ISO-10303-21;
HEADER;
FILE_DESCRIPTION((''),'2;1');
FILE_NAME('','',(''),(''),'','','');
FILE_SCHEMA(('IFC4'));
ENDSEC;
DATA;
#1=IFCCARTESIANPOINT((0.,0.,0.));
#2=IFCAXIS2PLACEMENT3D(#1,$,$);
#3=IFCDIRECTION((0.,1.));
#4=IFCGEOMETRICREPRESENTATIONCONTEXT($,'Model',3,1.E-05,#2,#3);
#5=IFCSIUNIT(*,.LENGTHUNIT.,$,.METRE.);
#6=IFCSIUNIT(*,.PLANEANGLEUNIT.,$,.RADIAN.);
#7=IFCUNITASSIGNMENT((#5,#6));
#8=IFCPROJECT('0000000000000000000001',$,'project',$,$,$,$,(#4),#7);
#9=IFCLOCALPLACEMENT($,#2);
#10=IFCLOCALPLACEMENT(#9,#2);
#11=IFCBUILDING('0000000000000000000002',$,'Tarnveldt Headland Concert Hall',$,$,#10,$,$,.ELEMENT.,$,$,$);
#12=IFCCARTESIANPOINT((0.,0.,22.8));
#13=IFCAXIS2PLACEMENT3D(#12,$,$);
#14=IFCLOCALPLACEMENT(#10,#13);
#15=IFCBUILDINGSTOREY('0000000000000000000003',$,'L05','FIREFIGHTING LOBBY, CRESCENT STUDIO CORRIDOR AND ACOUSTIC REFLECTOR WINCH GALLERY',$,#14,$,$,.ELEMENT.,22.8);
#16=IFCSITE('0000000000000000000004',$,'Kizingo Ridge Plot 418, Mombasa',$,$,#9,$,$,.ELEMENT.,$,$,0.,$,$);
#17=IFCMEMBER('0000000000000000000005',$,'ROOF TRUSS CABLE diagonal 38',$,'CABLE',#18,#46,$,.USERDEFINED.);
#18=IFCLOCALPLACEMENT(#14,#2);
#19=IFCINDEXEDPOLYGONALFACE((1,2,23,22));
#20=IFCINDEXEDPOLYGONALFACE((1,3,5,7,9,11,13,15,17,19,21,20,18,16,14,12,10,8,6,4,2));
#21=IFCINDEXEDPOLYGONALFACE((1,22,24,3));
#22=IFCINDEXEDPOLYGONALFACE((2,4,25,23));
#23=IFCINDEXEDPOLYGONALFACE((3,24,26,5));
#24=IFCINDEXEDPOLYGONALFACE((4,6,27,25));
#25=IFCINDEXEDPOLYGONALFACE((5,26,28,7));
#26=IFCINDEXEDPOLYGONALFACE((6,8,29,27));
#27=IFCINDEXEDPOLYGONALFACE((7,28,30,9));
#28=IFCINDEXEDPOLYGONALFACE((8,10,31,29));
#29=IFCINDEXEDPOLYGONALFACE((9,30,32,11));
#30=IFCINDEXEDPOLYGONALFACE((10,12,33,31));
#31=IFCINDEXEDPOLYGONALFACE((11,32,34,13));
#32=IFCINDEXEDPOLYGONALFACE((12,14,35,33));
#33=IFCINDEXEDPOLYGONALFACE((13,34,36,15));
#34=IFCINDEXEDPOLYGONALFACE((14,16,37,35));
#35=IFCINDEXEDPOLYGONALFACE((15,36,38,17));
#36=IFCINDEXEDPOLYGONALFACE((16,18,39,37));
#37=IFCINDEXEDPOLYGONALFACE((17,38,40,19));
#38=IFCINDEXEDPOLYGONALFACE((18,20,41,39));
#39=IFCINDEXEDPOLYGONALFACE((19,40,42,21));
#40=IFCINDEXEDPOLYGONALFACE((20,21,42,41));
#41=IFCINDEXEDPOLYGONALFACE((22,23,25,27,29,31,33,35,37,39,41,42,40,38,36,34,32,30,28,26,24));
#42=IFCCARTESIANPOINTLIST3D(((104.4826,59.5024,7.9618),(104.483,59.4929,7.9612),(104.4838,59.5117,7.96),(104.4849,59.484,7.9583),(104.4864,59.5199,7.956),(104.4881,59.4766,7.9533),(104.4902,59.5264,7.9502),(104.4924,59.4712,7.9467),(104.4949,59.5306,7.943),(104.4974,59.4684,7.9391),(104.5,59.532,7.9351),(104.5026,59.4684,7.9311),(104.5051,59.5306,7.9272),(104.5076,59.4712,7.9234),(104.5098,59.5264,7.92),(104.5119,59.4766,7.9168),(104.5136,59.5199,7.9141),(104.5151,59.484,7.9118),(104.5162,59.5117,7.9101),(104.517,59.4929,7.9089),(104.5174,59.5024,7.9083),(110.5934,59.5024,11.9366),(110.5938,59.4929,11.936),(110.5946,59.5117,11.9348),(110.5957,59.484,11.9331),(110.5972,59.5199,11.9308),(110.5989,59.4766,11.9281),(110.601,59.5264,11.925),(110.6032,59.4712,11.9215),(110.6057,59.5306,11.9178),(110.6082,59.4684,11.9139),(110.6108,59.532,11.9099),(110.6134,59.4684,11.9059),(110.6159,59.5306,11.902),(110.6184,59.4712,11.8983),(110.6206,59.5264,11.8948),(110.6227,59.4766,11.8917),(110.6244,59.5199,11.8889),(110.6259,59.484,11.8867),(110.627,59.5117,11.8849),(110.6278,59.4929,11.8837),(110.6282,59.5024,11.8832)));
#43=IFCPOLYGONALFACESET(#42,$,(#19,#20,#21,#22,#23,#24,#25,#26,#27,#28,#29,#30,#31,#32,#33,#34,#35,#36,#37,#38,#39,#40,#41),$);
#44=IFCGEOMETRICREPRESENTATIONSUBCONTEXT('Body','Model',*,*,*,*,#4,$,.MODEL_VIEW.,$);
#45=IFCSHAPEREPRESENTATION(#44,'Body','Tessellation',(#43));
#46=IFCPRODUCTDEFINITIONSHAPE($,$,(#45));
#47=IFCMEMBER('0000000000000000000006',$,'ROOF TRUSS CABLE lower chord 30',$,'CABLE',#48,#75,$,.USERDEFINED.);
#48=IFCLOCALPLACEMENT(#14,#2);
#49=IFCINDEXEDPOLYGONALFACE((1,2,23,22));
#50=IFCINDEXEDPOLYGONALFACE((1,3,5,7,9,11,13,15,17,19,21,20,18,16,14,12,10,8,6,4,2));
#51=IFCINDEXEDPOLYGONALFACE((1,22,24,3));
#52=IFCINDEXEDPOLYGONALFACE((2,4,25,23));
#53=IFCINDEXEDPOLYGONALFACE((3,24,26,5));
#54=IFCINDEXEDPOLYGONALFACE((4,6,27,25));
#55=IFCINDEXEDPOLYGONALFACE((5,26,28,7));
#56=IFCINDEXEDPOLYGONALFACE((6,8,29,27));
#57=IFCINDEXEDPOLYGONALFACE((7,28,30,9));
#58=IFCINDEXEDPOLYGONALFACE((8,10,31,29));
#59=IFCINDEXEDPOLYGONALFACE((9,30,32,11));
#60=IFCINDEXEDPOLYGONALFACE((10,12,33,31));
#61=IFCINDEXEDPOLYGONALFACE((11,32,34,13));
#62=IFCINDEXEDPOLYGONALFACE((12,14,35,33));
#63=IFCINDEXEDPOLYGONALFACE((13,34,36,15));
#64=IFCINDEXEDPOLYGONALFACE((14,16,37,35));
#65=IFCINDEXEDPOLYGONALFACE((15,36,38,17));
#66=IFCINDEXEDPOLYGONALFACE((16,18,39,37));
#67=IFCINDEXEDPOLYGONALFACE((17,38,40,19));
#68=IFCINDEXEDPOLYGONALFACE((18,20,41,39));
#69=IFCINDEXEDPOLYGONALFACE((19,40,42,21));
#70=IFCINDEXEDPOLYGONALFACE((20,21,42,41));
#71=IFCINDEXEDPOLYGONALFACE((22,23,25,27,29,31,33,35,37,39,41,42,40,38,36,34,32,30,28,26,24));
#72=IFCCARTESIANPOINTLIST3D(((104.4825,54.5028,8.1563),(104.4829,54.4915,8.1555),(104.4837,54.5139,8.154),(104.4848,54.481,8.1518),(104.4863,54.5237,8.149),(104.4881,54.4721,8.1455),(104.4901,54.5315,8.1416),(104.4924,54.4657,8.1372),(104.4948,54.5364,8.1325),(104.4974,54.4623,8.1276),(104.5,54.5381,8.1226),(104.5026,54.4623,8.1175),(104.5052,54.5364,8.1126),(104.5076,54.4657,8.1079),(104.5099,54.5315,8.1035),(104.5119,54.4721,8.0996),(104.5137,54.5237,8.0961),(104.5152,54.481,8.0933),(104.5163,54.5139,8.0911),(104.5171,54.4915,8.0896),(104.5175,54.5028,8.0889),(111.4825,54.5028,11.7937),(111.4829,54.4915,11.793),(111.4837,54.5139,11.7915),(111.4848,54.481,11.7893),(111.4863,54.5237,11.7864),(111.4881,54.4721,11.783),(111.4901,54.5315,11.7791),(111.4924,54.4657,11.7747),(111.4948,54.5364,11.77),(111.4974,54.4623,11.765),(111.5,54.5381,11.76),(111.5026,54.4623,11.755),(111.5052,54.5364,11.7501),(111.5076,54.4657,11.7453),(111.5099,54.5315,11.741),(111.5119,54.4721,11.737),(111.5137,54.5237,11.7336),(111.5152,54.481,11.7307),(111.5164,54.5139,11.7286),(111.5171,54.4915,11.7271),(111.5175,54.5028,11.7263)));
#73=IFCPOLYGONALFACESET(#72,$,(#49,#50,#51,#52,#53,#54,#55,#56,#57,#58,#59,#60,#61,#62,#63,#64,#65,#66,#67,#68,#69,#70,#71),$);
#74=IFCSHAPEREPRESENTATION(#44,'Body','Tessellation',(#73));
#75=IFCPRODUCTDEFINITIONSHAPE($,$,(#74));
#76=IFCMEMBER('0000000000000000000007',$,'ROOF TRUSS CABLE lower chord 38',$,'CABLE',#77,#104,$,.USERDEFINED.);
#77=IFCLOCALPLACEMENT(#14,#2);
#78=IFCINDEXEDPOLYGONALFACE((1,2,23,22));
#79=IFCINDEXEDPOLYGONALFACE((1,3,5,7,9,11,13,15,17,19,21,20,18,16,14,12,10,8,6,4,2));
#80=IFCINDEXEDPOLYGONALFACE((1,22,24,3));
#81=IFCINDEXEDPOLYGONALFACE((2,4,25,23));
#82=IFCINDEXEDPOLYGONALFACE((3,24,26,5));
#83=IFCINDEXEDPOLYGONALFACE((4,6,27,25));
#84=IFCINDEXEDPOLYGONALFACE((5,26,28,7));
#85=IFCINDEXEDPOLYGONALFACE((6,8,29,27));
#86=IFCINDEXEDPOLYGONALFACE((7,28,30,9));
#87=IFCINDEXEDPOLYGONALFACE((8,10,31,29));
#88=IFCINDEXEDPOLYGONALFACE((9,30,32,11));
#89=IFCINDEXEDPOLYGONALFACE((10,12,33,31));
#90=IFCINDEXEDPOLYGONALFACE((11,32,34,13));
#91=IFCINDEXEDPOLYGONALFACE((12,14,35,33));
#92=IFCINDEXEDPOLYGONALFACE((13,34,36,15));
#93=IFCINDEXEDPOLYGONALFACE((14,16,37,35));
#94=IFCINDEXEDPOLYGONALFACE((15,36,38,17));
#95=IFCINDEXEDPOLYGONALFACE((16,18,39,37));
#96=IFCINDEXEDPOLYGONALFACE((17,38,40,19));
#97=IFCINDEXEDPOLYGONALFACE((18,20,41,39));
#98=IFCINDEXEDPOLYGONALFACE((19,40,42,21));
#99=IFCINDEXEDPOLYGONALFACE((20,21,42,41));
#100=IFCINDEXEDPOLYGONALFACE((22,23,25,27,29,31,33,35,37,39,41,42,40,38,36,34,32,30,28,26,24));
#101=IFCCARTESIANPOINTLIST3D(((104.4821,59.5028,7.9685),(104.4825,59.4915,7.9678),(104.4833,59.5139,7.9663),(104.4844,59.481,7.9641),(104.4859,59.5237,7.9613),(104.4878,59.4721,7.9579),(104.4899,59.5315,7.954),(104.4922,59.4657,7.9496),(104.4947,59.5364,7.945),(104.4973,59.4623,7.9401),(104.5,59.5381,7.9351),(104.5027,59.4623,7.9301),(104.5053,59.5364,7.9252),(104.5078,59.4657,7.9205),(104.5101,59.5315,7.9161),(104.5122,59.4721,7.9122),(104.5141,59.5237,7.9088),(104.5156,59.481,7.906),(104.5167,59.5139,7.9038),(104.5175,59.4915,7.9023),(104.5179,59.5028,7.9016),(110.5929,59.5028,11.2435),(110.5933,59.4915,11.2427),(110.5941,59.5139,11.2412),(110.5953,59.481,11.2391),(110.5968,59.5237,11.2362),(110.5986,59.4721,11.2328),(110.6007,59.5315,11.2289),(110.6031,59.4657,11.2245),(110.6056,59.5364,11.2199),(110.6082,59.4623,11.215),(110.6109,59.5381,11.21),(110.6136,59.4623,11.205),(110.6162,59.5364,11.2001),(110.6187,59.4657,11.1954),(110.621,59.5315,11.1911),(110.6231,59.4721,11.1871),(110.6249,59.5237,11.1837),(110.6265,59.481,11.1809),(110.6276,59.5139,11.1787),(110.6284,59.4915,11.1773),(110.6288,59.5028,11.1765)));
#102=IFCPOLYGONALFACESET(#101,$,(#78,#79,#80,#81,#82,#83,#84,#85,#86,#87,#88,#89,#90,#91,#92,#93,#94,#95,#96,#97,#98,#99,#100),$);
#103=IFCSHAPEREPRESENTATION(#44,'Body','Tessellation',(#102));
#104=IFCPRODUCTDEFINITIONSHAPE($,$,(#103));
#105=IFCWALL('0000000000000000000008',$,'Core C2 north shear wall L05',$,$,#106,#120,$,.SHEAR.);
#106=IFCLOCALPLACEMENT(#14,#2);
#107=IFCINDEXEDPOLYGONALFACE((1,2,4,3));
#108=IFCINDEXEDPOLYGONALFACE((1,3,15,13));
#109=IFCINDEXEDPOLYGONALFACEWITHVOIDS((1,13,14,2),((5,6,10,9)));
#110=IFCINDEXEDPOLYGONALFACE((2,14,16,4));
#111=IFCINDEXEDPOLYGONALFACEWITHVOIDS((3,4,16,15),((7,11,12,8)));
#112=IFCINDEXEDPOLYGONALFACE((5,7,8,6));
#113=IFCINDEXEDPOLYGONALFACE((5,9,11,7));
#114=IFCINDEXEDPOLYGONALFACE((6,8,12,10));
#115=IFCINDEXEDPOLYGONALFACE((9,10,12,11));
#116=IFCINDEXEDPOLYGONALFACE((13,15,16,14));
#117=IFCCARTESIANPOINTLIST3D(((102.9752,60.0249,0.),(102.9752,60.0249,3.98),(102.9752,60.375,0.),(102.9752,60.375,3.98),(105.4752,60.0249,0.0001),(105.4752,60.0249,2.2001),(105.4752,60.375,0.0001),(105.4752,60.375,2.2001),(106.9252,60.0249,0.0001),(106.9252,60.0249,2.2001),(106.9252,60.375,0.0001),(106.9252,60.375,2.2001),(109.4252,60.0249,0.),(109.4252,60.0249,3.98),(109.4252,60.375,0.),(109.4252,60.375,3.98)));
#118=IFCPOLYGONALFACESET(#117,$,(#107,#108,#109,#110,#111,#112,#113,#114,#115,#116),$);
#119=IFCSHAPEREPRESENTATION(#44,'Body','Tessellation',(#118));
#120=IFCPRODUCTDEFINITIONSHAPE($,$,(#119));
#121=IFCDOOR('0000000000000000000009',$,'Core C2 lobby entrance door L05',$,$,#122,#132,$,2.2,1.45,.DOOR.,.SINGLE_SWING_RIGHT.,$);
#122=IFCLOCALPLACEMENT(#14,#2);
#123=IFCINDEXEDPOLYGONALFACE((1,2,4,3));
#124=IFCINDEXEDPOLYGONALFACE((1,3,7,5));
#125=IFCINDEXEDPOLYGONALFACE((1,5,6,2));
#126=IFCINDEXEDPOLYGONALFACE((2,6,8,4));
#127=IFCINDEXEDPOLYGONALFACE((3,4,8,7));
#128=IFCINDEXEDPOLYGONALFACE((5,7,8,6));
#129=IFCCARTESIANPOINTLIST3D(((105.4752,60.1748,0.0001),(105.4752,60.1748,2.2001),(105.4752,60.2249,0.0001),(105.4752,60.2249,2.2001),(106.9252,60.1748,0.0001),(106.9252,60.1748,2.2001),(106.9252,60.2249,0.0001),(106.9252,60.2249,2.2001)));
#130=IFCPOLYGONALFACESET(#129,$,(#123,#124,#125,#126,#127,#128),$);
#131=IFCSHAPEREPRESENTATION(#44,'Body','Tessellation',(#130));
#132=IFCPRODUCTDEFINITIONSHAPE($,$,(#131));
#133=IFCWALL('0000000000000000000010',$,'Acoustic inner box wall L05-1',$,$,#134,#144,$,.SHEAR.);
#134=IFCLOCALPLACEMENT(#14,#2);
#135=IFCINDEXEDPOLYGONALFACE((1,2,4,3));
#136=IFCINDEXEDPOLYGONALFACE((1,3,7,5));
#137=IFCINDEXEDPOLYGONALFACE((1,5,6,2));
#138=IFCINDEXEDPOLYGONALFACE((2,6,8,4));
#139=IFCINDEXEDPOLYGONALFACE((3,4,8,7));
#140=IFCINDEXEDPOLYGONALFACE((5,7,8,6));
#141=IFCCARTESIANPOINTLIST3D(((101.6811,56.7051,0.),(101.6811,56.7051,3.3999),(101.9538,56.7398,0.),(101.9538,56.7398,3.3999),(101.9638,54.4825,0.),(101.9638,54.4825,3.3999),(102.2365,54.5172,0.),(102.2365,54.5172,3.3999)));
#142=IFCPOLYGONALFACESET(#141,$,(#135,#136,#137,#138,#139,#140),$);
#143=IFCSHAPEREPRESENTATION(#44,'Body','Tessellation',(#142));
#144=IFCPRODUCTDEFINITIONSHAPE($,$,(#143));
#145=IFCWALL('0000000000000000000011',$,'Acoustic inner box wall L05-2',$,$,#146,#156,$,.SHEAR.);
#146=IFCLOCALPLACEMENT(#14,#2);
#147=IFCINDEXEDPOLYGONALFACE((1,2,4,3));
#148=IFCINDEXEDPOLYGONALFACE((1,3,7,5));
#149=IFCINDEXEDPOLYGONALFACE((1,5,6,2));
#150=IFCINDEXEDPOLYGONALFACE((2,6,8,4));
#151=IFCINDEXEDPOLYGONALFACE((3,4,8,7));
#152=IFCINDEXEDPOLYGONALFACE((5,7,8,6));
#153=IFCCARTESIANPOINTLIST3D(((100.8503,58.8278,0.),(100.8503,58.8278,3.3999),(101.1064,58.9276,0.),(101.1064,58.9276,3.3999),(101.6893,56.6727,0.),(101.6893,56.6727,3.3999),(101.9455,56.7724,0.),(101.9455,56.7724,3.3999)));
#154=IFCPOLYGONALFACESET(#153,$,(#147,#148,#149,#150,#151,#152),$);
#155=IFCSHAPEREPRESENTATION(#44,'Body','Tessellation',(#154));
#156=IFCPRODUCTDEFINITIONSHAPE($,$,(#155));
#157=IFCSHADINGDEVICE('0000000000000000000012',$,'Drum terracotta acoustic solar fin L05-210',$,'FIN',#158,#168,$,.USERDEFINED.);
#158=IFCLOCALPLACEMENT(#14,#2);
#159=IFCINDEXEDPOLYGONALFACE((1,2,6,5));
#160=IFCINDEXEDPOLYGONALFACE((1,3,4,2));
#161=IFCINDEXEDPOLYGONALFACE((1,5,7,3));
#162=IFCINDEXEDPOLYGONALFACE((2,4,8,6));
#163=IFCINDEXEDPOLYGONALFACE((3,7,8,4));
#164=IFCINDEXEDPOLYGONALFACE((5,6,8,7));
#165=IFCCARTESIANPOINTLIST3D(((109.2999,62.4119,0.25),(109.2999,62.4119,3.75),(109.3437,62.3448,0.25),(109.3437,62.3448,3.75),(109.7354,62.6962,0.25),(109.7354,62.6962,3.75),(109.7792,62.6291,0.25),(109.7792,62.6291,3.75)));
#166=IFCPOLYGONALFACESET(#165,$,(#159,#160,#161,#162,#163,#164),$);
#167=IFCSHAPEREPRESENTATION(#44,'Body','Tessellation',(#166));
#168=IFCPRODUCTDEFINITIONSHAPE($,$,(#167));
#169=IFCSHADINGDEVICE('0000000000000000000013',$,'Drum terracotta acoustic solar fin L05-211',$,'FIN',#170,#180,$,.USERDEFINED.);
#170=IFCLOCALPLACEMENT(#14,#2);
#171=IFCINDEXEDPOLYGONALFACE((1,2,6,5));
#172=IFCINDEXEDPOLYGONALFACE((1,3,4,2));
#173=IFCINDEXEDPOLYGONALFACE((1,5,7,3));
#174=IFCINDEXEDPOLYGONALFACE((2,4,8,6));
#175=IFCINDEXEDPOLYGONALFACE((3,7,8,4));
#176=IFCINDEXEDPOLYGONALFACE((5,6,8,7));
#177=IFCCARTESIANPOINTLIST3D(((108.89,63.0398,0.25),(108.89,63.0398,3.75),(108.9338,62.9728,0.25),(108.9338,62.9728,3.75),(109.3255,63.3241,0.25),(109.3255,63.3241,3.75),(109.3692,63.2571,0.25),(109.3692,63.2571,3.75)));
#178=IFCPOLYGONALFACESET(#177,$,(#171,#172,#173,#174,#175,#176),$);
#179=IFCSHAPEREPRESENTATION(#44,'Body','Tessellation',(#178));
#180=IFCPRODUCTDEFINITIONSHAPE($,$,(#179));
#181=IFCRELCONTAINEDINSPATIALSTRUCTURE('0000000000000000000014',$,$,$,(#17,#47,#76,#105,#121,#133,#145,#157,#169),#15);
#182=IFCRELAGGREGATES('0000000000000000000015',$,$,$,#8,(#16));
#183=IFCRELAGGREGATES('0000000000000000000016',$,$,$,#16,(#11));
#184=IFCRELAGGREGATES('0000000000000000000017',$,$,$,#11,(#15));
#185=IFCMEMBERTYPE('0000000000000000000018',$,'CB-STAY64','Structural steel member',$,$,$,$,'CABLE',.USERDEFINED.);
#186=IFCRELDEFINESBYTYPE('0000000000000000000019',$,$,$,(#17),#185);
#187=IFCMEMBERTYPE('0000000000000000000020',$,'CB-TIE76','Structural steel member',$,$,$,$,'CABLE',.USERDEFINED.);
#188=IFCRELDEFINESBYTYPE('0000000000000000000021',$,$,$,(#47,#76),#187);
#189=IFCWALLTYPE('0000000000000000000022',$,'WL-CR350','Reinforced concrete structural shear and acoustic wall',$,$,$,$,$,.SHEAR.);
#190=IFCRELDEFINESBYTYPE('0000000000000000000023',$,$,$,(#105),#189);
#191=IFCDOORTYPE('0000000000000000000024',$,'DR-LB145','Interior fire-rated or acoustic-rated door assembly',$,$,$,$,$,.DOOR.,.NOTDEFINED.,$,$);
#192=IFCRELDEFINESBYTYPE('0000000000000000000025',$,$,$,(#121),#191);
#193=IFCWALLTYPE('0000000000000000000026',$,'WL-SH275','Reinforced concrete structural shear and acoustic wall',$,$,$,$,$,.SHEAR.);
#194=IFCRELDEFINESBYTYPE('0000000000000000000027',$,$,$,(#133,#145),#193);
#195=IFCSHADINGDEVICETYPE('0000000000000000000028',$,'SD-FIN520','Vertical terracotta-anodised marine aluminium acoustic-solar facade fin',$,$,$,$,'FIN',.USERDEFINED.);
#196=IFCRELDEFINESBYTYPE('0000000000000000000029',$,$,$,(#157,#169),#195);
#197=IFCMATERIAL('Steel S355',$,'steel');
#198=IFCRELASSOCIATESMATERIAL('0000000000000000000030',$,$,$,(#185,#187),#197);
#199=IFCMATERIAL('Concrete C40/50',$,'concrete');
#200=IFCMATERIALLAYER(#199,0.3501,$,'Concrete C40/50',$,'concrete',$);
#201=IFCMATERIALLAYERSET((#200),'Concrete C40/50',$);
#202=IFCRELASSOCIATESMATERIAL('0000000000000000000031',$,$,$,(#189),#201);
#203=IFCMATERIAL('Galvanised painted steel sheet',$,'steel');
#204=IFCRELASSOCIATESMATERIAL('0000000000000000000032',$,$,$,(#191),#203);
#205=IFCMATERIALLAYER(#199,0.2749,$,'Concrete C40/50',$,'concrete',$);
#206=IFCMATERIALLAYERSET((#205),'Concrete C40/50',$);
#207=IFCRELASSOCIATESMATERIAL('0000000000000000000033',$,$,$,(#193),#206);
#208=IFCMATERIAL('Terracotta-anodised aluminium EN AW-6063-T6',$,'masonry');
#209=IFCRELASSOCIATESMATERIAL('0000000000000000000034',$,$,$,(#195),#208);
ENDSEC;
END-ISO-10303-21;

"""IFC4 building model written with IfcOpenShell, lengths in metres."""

from ifc_helpers import new_model, si_unit, direction, frame, frame_2d, origin, origin_2d, place, context, subcontext, project, spatial, rectangle, circle, extrude, material, layer, layer_set, material_profile, profile_set, type_object, element, fill, save


model = new_model("IFC4")

# Units and contexts
model_context = context("Model", 3, precision=1e-05, world=origin(), true_north=direction((0.0, 1.0)))
body_context = subcontext(model_context, "Body", "Model", "MODEL_VIEW")
ifc_project = project(units=[si_unit("LENGTHUNIT", "METRE"), si_unit("PLANEANGLEUNIT", "RADIAN")], contexts=[model_context])

# Site, building, storey
site_placement = place(None, origin())
site = spatial("IfcSite", under=ifc_project, at=site_placement, Name="Kizingo Ridge Plot 418, Mombasa", CompositionType="ELEMENT", RefElevation=0.0)
building_placement = place(site_placement, origin())
building = spatial("IfcBuilding", under=site, at=building_placement, Name="Tarnveldt Headland Concert Hall", CompositionType="ELEMENT")
storey_placement = place(building_placement, frame((0.0, 0.0, 22.8)))
storey = spatial("IfcBuildingStorey", under=building, at=storey_placement, Name="L05", Description="FIREFIGHTING LOBBY, CRESCENT STUDIO CORRIDOR AND ACOUSTIC REFLECTOR WINCH GALLERY", CompositionType="ELEMENT", Elevation=22.8)

# Shared definitions
ifc_material_1 = material(Name="Concrete C40/50", Category="concrete")

# Members
ifc_material_2 = material(Name="Steel S355", Category="steel")
ifc_material_profile_1 = material_profile(ifc_material_2, circle(Radius=0.032, at=origin_2d()), Name="LC D64", Category="steel")
ifc_profile_set_1 = profile_set([ifc_material_profile_1], Name="Steel S355")
member_type_1 = type_object("IfcMemberType", Name="CB-STAY64", Description="Structural steel member", ElementType="CABLE", PredefinedType="USERDEFINED", material=ifc_profile_set_1)
member_1_placement = place(storey_placement, frame((104.5, 59.5, 7.9351), z_axis=(0.838268, 0.0, 0.545259), x_axis=(0.0, 1.0, 0.0)))
element("IfcMember", 1, at=member_1_placement, inside=storey, type_object=member_type_1, Name="ROOF TRUSS CABLE diagonal 38", ObjectType="CABLE", PredefinedType="USERDEFINED", context=body_context, shape_type="SweptSolid", body=[
    extrude(circle(Radius=0.032, at=origin_2d()), origin(), (0.0, 0.0, 1.0), 7.2898),
])
ifc_material_profile_2 = material_profile(ifc_material_2, circle(Radius=0.0381, at=origin_2d()), Name="LC D76", Category="steel")
ifc_profile_set_2 = profile_set([ifc_material_profile_2], Name="Steel S355")
member_type_2 = type_object("IfcMemberType", Name="CB-TIE76", Description="Structural steel member", ElementType="CABLE", PredefinedType="USERDEFINED", material=ifc_profile_set_2)
member_2_placement = place(storey_placement, frame((104.5, 54.5, 8.1226), z_axis=(0.887349, 0.0, 0.461098), x_axis=(0.0, 1.0, 0.0)))
element("IfcMember", 2, at=member_2_placement, inside=storey, type_object=member_type_2, Name="ROOF TRUSS CABLE lower chord 30", ObjectType="CABLE", PredefinedType="USERDEFINED", context=body_context, shape_type="SweptSolid", body=[
    extrude(circle(Radius=0.0381, at=origin_2d()), origin(), (0.0, 0.0, 1.0), 7.8887),
])
member_3_placement = place(storey_placement, frame((104.5, 59.5, 7.9351), z_axis=(0.881406, 0.0, 0.47236), x_axis=(0.0, 1.0, 0.0)))
element("IfcMember", 3, at=member_3_placement, inside=storey, type_object=member_type_2, Name="ROOF TRUSS CABLE lower chord 38", ObjectType="CABLE", PredefinedType="USERDEFINED", context=body_context, shape_type="SweptSolid", body=[
    extrude(circle(Radius=0.0381, at=origin_2d()), origin(), (0.0, 0.0, 1.0), 6.9331),
])

# Wall, opening, door
ifc_layer_1 = layer(ifc_material_1, 0.3501, Name="Concrete C40/50", Category="concrete")
ifc_layer_set_1 = layer_set([ifc_layer_1], Name="Concrete C40/50")
wall_type_1 = type_object("IfcWallType", Name="WL-CR350", Description="Reinforced concrete structural shear and acoustic wall", PredefinedType="SHEAR", material=ifc_layer_set_1)
wall_1_placement = place(storey_placement, frame((102.9751, 60.2, 0.0), z_axis=(0.0, 0.0, 1.0), x_axis=(1.0, 0.0, 0.0)))
wall_1 = element("IfcWall", 4, at=wall_1_placement, inside=storey, type_object=wall_type_1, Name="Core C2 north shear wall L05", PredefinedType="SHEAR", context=body_context, shape_type="SweptSolid", body=[
    extrude(rectangle(XDim=6.45, YDim=0.3501, at=frame_2d((3.2251, 0.0))), origin(), (0.0, 0.0, 1.0), 3.98),
])
opening_1_placement = place(wall_1_placement, frame((2.5, 0.0, 0.0)))
opening_1 = element("IfcOpeningElement", 5, at=opening_1_placement, cuts=wall_1, PredefinedType="OPENING", context=body_context, shape_type="SweptSolid", body=[
    extrude(rectangle(XDim=1.45, YDim=2.2, at=frame_2d((0.7251, 1.1001))), frame((0.0, 0.1851, 0.0), z_axis=(0.0, -1.0, 0.0), x_axis=(1.0, 0.0, 0.0)), (0.0, 0.0, 1.0), 0.3701),
])
ifc_material_3 = material(Name="Galvanised painted steel sheet", Category="steel")
door_type_1 = type_object("IfcDoorType", Name="DR-LB145", Description="Interior fire-rated or acoustic-rated door assembly", OperationType="NOTDEFINED", PredefinedType="DOOR", material=ifc_material_3)
door_1_placement = place(opening_1_placement, origin())
door_1 = element("IfcDoor", 6, at=door_1_placement, inside=storey, type_object=door_type_1, Name="Core C2 lobby entrance door L05", OperationType="SINGLE_SWING_RIGHT", OverallHeight=2.2, OverallWidth=1.45, PredefinedType="DOOR", context=body_context, shape_type="SweptSolid", body=[
    extrude(rectangle(XDim=1.45, YDim=2.2, at=frame_2d((0.7251, 1.1001))), frame((0.0, 0.0249, 0.0), z_axis=(0.0, -1.0, 0.0), x_axis=(1.0, 0.0, 0.0)), (0.0, 0.0, 1.0), 0.05),
])
fill(opening_1, door_1)

# Walls
ifc_layer_2 = layer(ifc_material_1, 0.2749, Name="Concrete C40/50", Category="concrete")
ifc_layer_set_2 = layer_set([ifc_layer_2], Name="Concrete C40/50")
wall_type_2 = type_object("IfcWallType", Name="WL-SH275", Description="Reinforced concrete structural shear and acoustic wall", PredefinedType="SHEAR", material=ifc_layer_set_2)
wall_2_placement = place(storey_placement, frame((102.1001, 54.5, 0.0), z_axis=(0.0, 0.0, 1.0), x_axis=(-0.12618, 0.992007, 0.0)))
element("IfcWall", 7, at=wall_2_placement, inside=storey, type_object=wall_type_2, Name="Acoustic inner box wall L05-1", PredefinedType="SHEAR", context=body_context, shape_type="SweptSolid", body=[
    extrude(rectangle(XDim=2.2405, YDim=0.2749, at=frame_2d((1.1201, 0.0))), origin(), (0.0, 0.0, 1.0), 3.3999),
])
wall_3_placement = place(storey_placement, frame((101.8174, 56.7227, 0.0), z_axis=(0.0, 0.0, 1.0), x_axis=(-0.362803, 0.931866, 0.0)))
element("IfcWall", 8, at=wall_3_placement, inside=storey, type_object=wall_type_2, Name="Acoustic inner box wall L05-2", PredefinedType="SHEAR", context=body_context, shape_type="SweptSolid", body=[
    extrude(rectangle(XDim=2.3127, YDim=0.2749, at=frame_2d((1.1562, 0.0))), origin(), (0.0, 0.0, 1.0), 3.3999),
])

# Shading devices
ifc_material_4 = material(Name="Terracotta-anodised aluminium EN AW-6063-T6", Category="masonry")
shading_device_type = type_object("IfcShadingDeviceType", Name="SD-FIN520", Description="Vertical terracotta-anodised marine aluminium acoustic-solar facade fin", ElementType="FIN", PredefinedType="USERDEFINED", material=ifc_material_4)
for number, where, z_axis, x_axis, name in (
    (9, (109.5396, 62.5205, 0.25), (0.0, 0.0, 1.0), (0.837337, 0.546687, 0.0), "Drum terracotta acoustic solar fin L05-210"),
    (10, (109.1296, 63.1484, 0.25), (0.0, 0.0, 1.0), (0.837337, 0.546687, 0.0), "Drum terracotta acoustic solar fin L05-211"),
):
    element("IfcShadingDevice", number, at=place(storey_placement, frame(where, z_axis=z_axis, x_axis=x_axis)), inside=storey, type_object=shading_device_type, Name=name, ObjectType="FIN", PredefinedType="USERDEFINED", context=body_context, shape_type="SweptSolid", body=[
        extrude(rectangle(XDim=0.52, YDim=0.0801, at=origin_2d()), origin(), (0.0, 0.0, 1.0), 3.5),
    ])

save(model, "model.ifc")
